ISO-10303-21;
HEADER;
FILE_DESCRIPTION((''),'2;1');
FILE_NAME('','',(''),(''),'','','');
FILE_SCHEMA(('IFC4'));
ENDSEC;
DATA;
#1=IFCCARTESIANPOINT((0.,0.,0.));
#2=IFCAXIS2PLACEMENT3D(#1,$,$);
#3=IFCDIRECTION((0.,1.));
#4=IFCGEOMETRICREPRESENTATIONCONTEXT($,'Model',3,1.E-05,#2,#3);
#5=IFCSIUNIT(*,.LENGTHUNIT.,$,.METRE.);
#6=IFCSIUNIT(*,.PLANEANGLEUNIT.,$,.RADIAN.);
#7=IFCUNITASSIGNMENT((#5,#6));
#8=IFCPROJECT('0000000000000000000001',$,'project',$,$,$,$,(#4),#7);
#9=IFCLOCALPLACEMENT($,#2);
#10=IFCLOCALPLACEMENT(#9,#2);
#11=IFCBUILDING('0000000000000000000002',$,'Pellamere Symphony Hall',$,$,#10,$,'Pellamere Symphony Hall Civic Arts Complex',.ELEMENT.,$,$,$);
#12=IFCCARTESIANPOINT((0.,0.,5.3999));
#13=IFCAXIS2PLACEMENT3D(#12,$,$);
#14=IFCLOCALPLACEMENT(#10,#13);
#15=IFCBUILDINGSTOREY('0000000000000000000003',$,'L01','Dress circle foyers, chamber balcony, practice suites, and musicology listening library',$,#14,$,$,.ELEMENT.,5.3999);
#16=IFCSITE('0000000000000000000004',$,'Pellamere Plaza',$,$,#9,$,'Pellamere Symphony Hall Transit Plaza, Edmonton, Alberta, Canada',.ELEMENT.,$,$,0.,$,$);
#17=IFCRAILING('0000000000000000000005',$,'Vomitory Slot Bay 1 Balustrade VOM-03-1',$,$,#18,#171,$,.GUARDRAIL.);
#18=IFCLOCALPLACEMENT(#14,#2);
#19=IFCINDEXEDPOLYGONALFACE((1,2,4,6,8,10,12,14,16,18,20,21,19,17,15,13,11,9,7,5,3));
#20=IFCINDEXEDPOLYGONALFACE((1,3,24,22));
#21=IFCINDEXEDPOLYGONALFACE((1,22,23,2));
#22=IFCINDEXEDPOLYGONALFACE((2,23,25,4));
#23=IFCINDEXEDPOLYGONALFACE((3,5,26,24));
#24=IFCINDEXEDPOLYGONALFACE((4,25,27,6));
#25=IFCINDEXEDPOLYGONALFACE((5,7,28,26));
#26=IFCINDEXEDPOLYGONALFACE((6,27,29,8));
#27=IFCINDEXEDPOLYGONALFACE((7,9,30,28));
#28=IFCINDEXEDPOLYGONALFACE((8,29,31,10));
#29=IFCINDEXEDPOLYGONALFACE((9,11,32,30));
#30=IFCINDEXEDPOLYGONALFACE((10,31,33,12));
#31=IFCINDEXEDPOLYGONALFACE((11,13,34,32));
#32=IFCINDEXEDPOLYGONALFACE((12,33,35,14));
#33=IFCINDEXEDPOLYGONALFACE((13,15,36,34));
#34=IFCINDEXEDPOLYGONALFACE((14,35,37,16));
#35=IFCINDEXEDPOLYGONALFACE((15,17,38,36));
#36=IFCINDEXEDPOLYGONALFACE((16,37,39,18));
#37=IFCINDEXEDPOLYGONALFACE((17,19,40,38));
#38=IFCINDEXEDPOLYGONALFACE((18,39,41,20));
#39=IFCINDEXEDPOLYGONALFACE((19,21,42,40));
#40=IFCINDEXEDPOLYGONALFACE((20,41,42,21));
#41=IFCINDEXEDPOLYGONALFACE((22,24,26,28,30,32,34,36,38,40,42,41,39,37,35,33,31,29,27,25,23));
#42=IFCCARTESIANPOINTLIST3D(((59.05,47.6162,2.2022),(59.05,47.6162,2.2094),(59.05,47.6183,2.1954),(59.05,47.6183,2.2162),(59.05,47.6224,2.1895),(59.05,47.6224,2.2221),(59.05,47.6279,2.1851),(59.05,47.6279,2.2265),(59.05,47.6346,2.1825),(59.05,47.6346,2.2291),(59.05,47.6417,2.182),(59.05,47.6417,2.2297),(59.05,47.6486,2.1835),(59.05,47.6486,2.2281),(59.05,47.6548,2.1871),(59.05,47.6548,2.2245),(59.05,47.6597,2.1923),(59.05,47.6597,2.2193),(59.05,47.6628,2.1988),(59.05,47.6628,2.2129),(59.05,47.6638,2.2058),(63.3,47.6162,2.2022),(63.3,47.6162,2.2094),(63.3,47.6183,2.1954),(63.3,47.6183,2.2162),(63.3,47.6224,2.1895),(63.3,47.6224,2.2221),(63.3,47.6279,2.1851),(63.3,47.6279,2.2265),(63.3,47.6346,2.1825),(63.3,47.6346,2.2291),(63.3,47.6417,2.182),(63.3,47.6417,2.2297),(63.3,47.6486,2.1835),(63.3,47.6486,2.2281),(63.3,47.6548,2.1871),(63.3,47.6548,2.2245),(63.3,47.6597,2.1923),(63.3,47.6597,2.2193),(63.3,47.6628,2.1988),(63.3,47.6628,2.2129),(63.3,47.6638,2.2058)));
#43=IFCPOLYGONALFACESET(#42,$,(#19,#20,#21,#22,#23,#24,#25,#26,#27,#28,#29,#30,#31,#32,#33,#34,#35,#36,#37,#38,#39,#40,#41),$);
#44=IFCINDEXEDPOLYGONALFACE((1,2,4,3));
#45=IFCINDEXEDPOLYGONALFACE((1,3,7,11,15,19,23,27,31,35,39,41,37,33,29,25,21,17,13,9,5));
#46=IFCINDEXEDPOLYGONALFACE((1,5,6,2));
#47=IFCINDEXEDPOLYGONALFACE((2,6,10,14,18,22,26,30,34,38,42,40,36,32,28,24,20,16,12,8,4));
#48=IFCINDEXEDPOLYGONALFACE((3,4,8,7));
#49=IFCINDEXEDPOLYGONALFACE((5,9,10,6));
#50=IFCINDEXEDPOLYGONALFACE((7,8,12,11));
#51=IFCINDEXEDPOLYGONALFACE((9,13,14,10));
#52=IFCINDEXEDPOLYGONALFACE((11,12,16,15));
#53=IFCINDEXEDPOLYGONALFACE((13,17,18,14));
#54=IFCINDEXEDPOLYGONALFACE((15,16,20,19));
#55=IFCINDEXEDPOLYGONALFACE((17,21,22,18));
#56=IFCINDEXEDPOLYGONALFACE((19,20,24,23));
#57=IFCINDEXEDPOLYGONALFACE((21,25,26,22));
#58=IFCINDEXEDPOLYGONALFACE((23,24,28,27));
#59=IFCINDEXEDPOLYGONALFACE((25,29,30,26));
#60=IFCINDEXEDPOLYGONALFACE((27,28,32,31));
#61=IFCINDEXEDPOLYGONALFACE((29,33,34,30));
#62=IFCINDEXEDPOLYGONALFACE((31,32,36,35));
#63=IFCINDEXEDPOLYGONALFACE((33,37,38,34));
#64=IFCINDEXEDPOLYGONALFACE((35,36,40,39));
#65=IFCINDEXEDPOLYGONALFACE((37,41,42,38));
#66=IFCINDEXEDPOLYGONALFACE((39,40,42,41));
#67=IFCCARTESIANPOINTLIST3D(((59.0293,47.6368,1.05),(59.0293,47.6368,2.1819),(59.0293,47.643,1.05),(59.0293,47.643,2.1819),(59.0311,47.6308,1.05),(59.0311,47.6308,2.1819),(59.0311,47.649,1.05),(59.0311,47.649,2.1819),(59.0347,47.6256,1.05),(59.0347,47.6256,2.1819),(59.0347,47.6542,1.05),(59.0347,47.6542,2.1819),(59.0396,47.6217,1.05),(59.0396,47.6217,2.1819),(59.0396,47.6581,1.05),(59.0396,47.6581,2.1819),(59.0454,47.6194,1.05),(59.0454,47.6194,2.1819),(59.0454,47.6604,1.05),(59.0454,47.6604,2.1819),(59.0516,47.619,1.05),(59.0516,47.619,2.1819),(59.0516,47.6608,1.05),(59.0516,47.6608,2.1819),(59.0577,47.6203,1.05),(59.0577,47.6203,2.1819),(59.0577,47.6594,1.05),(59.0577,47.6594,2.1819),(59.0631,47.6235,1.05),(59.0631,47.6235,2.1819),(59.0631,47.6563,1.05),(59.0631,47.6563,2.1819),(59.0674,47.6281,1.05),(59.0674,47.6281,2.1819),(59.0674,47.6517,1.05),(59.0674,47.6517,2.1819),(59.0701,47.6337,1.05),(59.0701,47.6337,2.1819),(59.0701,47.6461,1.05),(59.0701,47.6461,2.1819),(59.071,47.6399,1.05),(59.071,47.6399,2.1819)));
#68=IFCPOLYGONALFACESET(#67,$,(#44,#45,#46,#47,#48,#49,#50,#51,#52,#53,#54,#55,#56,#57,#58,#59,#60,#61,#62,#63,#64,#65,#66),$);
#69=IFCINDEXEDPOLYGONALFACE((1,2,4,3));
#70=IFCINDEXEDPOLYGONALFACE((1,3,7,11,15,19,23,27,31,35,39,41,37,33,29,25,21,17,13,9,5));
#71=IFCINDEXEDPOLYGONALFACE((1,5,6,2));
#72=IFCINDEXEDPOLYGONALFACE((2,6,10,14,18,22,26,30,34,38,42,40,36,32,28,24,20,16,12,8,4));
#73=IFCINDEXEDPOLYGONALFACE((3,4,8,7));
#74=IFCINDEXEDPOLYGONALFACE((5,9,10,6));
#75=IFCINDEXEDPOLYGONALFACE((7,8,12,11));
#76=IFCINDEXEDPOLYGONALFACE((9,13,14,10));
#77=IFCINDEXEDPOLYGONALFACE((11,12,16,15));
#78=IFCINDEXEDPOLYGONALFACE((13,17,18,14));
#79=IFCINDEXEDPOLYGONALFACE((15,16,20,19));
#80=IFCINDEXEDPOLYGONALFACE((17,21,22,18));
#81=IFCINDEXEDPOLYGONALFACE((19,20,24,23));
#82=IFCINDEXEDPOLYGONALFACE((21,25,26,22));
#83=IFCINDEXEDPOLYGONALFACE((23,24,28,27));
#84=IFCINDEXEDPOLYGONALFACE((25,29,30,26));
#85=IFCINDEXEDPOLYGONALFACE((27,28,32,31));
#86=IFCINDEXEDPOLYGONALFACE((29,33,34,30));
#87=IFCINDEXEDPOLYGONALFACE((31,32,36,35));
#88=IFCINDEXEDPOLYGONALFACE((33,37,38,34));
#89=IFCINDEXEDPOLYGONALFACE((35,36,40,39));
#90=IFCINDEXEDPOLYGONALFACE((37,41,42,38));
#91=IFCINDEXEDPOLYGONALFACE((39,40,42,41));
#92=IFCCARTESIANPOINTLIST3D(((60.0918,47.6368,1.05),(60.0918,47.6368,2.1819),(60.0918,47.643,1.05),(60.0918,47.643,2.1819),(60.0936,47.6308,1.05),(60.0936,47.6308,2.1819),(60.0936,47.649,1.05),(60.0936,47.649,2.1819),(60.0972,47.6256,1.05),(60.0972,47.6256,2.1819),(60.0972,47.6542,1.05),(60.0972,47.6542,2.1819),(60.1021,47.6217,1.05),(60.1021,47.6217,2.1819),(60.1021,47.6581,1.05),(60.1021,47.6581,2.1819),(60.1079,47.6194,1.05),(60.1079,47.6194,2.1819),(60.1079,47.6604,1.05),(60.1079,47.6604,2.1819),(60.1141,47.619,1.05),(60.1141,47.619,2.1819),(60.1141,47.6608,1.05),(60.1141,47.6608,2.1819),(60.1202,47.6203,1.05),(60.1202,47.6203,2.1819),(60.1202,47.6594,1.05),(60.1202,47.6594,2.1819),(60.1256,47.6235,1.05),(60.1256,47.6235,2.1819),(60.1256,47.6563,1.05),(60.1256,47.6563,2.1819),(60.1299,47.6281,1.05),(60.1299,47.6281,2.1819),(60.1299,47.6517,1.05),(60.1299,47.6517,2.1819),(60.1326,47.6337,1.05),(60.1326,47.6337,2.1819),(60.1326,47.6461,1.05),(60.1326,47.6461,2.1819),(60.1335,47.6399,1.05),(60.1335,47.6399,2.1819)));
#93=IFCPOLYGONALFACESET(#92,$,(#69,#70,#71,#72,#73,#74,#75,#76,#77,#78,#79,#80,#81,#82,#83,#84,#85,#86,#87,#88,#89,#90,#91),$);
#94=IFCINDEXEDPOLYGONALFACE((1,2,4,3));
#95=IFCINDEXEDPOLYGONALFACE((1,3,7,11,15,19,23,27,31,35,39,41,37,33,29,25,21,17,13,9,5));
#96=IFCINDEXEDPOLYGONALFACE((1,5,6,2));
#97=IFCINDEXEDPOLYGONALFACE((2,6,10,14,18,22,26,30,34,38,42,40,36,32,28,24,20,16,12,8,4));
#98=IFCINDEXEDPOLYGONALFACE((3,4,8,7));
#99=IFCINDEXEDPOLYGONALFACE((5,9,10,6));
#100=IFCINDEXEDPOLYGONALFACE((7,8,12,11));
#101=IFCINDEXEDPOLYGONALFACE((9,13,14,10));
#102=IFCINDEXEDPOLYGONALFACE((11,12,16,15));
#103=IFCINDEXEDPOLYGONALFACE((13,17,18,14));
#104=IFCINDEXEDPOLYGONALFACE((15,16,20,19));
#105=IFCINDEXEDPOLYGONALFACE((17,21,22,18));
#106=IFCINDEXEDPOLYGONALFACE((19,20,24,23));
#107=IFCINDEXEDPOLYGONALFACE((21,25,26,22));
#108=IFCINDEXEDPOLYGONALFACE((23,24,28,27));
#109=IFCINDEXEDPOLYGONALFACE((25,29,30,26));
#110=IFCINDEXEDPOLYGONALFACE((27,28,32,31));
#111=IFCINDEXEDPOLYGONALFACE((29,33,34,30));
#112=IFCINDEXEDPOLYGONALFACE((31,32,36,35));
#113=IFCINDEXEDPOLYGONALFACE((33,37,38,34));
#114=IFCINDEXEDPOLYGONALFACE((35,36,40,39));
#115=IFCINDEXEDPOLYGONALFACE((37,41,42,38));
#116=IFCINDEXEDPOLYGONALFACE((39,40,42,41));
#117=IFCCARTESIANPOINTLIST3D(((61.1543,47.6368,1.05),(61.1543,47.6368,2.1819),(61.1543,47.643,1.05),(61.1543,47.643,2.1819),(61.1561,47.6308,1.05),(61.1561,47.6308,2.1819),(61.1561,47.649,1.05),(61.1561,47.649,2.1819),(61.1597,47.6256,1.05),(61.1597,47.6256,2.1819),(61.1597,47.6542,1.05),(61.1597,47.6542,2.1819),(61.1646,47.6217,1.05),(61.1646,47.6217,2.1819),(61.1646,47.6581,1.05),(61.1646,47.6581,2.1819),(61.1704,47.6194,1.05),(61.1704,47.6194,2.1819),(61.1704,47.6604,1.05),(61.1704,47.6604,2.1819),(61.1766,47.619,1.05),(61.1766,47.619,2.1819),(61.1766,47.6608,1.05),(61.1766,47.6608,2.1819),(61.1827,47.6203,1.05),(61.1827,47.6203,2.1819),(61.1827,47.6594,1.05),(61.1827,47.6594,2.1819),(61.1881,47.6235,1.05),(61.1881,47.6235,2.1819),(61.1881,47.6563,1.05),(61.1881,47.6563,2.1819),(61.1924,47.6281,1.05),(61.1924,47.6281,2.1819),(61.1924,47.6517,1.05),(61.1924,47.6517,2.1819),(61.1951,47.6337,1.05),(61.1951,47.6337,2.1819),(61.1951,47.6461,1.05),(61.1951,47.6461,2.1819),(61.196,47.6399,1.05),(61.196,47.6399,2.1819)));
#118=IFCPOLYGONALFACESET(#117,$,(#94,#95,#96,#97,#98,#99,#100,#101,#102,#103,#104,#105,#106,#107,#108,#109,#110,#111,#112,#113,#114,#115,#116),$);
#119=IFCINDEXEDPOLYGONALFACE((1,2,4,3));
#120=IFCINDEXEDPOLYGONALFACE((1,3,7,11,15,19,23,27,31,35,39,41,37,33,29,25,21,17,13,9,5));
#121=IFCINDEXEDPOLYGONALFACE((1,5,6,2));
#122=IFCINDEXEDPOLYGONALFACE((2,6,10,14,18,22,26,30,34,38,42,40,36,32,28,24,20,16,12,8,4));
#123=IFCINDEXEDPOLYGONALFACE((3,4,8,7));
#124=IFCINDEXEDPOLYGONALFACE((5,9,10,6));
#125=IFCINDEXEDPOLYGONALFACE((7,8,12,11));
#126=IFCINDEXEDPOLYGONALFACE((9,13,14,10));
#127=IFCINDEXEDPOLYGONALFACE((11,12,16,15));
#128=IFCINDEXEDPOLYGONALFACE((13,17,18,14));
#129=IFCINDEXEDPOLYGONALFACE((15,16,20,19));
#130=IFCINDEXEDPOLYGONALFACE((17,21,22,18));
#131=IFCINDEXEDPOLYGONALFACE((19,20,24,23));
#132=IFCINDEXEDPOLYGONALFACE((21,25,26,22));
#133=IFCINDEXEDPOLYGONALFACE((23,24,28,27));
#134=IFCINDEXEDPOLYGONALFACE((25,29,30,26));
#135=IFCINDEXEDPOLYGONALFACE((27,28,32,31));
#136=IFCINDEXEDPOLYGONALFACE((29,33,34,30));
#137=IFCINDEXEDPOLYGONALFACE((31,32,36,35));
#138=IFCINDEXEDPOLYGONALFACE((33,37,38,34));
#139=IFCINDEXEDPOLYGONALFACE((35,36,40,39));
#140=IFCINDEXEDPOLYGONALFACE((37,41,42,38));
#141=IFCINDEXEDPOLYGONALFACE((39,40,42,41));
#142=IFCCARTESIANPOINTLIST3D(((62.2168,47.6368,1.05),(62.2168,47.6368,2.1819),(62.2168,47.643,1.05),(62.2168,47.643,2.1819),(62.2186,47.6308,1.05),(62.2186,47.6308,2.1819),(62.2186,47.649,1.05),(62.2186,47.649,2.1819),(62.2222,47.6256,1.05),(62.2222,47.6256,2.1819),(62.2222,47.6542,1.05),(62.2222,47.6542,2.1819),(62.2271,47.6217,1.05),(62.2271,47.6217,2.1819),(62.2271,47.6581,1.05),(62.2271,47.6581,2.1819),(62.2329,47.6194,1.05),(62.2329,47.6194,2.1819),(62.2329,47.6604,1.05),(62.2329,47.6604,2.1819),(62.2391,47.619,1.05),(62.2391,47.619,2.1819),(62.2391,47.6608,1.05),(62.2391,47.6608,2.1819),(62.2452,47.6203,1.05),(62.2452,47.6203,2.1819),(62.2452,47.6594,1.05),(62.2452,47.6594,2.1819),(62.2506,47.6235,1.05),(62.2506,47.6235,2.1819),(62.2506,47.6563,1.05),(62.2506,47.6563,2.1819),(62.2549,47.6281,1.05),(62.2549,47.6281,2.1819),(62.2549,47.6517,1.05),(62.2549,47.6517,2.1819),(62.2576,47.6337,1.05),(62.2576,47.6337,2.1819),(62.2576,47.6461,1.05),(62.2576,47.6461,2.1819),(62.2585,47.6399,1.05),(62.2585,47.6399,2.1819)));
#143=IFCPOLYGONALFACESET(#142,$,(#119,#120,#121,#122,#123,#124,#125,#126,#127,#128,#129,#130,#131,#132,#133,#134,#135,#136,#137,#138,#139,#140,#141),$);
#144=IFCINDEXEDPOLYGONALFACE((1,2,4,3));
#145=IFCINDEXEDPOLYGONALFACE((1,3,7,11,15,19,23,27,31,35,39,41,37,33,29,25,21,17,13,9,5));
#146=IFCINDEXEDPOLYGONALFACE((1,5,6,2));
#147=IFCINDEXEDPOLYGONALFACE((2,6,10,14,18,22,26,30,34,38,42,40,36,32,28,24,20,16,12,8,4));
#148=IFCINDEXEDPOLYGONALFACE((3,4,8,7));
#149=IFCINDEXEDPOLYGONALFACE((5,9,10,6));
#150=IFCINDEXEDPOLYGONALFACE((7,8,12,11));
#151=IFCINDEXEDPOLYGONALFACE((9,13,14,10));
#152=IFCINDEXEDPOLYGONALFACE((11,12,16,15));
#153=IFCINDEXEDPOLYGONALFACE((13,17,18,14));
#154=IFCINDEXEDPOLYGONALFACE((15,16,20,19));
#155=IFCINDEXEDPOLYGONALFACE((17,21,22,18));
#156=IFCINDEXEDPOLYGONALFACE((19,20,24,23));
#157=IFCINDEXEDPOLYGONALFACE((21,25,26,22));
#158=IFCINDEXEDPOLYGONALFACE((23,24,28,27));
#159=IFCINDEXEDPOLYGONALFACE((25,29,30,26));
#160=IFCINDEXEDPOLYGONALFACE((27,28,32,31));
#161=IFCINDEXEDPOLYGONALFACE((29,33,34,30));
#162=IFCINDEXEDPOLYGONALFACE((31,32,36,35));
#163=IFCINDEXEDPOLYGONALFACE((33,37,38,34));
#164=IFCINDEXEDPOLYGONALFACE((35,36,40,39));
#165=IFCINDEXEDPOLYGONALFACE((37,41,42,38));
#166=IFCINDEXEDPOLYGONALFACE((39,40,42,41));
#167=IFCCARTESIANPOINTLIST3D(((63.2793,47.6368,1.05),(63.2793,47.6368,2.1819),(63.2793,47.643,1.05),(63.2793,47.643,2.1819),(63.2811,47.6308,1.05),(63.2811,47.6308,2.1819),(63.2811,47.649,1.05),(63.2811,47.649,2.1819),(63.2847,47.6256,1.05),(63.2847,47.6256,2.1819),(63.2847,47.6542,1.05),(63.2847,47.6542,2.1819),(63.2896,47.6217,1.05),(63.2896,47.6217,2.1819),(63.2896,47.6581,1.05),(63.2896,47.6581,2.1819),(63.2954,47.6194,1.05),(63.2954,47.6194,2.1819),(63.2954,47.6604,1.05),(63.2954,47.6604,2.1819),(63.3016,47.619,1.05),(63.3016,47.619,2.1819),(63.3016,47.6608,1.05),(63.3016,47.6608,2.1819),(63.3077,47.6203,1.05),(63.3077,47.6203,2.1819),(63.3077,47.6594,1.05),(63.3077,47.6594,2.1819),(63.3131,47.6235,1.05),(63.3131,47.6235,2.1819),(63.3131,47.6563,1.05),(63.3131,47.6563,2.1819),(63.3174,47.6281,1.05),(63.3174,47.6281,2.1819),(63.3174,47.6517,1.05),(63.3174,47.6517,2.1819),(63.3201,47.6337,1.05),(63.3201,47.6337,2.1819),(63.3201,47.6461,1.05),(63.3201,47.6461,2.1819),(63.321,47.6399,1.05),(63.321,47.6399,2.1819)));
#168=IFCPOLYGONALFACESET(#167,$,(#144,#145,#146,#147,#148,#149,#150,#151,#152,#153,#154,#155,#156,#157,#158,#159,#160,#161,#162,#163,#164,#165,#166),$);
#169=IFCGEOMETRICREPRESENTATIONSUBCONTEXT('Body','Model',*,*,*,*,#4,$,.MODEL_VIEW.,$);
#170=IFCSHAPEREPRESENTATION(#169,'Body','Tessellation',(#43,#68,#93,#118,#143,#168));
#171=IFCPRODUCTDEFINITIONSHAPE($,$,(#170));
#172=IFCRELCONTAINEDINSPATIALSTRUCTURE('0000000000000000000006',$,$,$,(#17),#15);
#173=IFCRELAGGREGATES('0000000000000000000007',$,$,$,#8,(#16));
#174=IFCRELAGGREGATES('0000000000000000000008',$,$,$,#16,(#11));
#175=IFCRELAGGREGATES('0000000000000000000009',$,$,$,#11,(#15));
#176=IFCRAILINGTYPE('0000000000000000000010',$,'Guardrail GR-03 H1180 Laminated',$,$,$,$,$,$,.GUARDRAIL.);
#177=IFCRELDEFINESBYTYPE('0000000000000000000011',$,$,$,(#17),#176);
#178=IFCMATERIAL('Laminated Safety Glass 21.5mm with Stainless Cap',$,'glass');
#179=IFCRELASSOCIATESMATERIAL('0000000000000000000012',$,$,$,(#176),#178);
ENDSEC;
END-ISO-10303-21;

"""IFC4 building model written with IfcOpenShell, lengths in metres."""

from ifc_helpers import new_model, si_unit, direction, frame, origin, origin_2d, place, context, subcontext, project, spatial, circle, extrude, material, type_object, element, save


model = new_model("IFC4")

# Units and contexts
model_context = context("Model", 3, precision=1e-05, world=origin(), true_north=direction((0.0, 1.0)))
body_context = subcontext(model_context, "Body", "Model", "MODEL_VIEW")
ifc_project = project(units=[si_unit("LENGTHUNIT", "METRE"), si_unit("PLANEANGLEUNIT", "RADIAN")], contexts=[model_context])

# Site, building, storey
site_placement = place(None, origin())
site = spatial("IfcSite", under=ifc_project, at=site_placement, Name="Pellamere Plaza", LongName="Pellamere Symphony Hall Transit Plaza, Edmonton, Alberta, Canada", CompositionType="ELEMENT", RefElevation=0.0)
building_placement = place(site_placement, origin())
building = spatial("IfcBuilding", under=site, at=building_placement, Name="Pellamere Symphony Hall", LongName="Pellamere Symphony Hall Civic Arts Complex", CompositionType="ELEMENT")
storey_placement = place(building_placement, frame((0.0, 0.0, 5.3999)))
storey = spatial("IfcBuildingStorey", under=building, at=storey_placement, Name="L01", Description="Dress circle foyers, chamber balcony, practice suites, and musicology listening library", CompositionType="ELEMENT", Elevation=5.3999)

# Railing
ifc_material_1 = material(Name="Laminated Safety Glass 21.5mm with Stainless Cap", Category="glass")
railing_type_1 = type_object("IfcRailingType", Name="Guardrail GR-03 H1180 Laminated", PredefinedType="GUARDRAIL", material=ifc_material_1)
railing_1_placement = place(storey_placement, frame((59.05, 47.6399, 1.05)))
element("IfcRailing", 1, at=railing_1_placement, inside=storey, type_object=railing_type_1, Name="Vomitory Slot Bay 1 Balustrade VOM-03-1", PredefinedType="GUARDRAIL", context=body_context, shape_type="SweptSolid", body=[
    extrude(circle(Radius=0.0239, at=origin_2d()), frame((0.0, 0.0, 1.1558), z_axis=(1.0, 0.0, 0.0), x_axis=(0.0, 1.0, 0.0)), (0.0, 0.0, 1.0), 4.25),
    extrude(circle(Radius=0.021, at=origin_2d()), origin(), (0.0, 0.0, 1.0), 1.1318),
    extrude(circle(Radius=0.021, at=origin_2d()), frame((1.0625, 0.0, 0.0)), (0.0, 0.0, 1.0), 1.1318),
    extrude(circle(Radius=0.021, at=origin_2d()), frame((2.125, 0.0, 0.0)), (0.0, 0.0, 1.0), 1.1318),
    extrude(circle(Radius=0.021, at=origin_2d()), frame((3.1875, 0.0, 0.0)), (0.0, 0.0, 1.0), 1.1318),
    extrude(circle(Radius=0.021, at=origin_2d()), frame((4.25, 0.0, 0.0)), (0.0, 0.0, 1.0), 1.1318),
])

save(model, "model.ifc")
